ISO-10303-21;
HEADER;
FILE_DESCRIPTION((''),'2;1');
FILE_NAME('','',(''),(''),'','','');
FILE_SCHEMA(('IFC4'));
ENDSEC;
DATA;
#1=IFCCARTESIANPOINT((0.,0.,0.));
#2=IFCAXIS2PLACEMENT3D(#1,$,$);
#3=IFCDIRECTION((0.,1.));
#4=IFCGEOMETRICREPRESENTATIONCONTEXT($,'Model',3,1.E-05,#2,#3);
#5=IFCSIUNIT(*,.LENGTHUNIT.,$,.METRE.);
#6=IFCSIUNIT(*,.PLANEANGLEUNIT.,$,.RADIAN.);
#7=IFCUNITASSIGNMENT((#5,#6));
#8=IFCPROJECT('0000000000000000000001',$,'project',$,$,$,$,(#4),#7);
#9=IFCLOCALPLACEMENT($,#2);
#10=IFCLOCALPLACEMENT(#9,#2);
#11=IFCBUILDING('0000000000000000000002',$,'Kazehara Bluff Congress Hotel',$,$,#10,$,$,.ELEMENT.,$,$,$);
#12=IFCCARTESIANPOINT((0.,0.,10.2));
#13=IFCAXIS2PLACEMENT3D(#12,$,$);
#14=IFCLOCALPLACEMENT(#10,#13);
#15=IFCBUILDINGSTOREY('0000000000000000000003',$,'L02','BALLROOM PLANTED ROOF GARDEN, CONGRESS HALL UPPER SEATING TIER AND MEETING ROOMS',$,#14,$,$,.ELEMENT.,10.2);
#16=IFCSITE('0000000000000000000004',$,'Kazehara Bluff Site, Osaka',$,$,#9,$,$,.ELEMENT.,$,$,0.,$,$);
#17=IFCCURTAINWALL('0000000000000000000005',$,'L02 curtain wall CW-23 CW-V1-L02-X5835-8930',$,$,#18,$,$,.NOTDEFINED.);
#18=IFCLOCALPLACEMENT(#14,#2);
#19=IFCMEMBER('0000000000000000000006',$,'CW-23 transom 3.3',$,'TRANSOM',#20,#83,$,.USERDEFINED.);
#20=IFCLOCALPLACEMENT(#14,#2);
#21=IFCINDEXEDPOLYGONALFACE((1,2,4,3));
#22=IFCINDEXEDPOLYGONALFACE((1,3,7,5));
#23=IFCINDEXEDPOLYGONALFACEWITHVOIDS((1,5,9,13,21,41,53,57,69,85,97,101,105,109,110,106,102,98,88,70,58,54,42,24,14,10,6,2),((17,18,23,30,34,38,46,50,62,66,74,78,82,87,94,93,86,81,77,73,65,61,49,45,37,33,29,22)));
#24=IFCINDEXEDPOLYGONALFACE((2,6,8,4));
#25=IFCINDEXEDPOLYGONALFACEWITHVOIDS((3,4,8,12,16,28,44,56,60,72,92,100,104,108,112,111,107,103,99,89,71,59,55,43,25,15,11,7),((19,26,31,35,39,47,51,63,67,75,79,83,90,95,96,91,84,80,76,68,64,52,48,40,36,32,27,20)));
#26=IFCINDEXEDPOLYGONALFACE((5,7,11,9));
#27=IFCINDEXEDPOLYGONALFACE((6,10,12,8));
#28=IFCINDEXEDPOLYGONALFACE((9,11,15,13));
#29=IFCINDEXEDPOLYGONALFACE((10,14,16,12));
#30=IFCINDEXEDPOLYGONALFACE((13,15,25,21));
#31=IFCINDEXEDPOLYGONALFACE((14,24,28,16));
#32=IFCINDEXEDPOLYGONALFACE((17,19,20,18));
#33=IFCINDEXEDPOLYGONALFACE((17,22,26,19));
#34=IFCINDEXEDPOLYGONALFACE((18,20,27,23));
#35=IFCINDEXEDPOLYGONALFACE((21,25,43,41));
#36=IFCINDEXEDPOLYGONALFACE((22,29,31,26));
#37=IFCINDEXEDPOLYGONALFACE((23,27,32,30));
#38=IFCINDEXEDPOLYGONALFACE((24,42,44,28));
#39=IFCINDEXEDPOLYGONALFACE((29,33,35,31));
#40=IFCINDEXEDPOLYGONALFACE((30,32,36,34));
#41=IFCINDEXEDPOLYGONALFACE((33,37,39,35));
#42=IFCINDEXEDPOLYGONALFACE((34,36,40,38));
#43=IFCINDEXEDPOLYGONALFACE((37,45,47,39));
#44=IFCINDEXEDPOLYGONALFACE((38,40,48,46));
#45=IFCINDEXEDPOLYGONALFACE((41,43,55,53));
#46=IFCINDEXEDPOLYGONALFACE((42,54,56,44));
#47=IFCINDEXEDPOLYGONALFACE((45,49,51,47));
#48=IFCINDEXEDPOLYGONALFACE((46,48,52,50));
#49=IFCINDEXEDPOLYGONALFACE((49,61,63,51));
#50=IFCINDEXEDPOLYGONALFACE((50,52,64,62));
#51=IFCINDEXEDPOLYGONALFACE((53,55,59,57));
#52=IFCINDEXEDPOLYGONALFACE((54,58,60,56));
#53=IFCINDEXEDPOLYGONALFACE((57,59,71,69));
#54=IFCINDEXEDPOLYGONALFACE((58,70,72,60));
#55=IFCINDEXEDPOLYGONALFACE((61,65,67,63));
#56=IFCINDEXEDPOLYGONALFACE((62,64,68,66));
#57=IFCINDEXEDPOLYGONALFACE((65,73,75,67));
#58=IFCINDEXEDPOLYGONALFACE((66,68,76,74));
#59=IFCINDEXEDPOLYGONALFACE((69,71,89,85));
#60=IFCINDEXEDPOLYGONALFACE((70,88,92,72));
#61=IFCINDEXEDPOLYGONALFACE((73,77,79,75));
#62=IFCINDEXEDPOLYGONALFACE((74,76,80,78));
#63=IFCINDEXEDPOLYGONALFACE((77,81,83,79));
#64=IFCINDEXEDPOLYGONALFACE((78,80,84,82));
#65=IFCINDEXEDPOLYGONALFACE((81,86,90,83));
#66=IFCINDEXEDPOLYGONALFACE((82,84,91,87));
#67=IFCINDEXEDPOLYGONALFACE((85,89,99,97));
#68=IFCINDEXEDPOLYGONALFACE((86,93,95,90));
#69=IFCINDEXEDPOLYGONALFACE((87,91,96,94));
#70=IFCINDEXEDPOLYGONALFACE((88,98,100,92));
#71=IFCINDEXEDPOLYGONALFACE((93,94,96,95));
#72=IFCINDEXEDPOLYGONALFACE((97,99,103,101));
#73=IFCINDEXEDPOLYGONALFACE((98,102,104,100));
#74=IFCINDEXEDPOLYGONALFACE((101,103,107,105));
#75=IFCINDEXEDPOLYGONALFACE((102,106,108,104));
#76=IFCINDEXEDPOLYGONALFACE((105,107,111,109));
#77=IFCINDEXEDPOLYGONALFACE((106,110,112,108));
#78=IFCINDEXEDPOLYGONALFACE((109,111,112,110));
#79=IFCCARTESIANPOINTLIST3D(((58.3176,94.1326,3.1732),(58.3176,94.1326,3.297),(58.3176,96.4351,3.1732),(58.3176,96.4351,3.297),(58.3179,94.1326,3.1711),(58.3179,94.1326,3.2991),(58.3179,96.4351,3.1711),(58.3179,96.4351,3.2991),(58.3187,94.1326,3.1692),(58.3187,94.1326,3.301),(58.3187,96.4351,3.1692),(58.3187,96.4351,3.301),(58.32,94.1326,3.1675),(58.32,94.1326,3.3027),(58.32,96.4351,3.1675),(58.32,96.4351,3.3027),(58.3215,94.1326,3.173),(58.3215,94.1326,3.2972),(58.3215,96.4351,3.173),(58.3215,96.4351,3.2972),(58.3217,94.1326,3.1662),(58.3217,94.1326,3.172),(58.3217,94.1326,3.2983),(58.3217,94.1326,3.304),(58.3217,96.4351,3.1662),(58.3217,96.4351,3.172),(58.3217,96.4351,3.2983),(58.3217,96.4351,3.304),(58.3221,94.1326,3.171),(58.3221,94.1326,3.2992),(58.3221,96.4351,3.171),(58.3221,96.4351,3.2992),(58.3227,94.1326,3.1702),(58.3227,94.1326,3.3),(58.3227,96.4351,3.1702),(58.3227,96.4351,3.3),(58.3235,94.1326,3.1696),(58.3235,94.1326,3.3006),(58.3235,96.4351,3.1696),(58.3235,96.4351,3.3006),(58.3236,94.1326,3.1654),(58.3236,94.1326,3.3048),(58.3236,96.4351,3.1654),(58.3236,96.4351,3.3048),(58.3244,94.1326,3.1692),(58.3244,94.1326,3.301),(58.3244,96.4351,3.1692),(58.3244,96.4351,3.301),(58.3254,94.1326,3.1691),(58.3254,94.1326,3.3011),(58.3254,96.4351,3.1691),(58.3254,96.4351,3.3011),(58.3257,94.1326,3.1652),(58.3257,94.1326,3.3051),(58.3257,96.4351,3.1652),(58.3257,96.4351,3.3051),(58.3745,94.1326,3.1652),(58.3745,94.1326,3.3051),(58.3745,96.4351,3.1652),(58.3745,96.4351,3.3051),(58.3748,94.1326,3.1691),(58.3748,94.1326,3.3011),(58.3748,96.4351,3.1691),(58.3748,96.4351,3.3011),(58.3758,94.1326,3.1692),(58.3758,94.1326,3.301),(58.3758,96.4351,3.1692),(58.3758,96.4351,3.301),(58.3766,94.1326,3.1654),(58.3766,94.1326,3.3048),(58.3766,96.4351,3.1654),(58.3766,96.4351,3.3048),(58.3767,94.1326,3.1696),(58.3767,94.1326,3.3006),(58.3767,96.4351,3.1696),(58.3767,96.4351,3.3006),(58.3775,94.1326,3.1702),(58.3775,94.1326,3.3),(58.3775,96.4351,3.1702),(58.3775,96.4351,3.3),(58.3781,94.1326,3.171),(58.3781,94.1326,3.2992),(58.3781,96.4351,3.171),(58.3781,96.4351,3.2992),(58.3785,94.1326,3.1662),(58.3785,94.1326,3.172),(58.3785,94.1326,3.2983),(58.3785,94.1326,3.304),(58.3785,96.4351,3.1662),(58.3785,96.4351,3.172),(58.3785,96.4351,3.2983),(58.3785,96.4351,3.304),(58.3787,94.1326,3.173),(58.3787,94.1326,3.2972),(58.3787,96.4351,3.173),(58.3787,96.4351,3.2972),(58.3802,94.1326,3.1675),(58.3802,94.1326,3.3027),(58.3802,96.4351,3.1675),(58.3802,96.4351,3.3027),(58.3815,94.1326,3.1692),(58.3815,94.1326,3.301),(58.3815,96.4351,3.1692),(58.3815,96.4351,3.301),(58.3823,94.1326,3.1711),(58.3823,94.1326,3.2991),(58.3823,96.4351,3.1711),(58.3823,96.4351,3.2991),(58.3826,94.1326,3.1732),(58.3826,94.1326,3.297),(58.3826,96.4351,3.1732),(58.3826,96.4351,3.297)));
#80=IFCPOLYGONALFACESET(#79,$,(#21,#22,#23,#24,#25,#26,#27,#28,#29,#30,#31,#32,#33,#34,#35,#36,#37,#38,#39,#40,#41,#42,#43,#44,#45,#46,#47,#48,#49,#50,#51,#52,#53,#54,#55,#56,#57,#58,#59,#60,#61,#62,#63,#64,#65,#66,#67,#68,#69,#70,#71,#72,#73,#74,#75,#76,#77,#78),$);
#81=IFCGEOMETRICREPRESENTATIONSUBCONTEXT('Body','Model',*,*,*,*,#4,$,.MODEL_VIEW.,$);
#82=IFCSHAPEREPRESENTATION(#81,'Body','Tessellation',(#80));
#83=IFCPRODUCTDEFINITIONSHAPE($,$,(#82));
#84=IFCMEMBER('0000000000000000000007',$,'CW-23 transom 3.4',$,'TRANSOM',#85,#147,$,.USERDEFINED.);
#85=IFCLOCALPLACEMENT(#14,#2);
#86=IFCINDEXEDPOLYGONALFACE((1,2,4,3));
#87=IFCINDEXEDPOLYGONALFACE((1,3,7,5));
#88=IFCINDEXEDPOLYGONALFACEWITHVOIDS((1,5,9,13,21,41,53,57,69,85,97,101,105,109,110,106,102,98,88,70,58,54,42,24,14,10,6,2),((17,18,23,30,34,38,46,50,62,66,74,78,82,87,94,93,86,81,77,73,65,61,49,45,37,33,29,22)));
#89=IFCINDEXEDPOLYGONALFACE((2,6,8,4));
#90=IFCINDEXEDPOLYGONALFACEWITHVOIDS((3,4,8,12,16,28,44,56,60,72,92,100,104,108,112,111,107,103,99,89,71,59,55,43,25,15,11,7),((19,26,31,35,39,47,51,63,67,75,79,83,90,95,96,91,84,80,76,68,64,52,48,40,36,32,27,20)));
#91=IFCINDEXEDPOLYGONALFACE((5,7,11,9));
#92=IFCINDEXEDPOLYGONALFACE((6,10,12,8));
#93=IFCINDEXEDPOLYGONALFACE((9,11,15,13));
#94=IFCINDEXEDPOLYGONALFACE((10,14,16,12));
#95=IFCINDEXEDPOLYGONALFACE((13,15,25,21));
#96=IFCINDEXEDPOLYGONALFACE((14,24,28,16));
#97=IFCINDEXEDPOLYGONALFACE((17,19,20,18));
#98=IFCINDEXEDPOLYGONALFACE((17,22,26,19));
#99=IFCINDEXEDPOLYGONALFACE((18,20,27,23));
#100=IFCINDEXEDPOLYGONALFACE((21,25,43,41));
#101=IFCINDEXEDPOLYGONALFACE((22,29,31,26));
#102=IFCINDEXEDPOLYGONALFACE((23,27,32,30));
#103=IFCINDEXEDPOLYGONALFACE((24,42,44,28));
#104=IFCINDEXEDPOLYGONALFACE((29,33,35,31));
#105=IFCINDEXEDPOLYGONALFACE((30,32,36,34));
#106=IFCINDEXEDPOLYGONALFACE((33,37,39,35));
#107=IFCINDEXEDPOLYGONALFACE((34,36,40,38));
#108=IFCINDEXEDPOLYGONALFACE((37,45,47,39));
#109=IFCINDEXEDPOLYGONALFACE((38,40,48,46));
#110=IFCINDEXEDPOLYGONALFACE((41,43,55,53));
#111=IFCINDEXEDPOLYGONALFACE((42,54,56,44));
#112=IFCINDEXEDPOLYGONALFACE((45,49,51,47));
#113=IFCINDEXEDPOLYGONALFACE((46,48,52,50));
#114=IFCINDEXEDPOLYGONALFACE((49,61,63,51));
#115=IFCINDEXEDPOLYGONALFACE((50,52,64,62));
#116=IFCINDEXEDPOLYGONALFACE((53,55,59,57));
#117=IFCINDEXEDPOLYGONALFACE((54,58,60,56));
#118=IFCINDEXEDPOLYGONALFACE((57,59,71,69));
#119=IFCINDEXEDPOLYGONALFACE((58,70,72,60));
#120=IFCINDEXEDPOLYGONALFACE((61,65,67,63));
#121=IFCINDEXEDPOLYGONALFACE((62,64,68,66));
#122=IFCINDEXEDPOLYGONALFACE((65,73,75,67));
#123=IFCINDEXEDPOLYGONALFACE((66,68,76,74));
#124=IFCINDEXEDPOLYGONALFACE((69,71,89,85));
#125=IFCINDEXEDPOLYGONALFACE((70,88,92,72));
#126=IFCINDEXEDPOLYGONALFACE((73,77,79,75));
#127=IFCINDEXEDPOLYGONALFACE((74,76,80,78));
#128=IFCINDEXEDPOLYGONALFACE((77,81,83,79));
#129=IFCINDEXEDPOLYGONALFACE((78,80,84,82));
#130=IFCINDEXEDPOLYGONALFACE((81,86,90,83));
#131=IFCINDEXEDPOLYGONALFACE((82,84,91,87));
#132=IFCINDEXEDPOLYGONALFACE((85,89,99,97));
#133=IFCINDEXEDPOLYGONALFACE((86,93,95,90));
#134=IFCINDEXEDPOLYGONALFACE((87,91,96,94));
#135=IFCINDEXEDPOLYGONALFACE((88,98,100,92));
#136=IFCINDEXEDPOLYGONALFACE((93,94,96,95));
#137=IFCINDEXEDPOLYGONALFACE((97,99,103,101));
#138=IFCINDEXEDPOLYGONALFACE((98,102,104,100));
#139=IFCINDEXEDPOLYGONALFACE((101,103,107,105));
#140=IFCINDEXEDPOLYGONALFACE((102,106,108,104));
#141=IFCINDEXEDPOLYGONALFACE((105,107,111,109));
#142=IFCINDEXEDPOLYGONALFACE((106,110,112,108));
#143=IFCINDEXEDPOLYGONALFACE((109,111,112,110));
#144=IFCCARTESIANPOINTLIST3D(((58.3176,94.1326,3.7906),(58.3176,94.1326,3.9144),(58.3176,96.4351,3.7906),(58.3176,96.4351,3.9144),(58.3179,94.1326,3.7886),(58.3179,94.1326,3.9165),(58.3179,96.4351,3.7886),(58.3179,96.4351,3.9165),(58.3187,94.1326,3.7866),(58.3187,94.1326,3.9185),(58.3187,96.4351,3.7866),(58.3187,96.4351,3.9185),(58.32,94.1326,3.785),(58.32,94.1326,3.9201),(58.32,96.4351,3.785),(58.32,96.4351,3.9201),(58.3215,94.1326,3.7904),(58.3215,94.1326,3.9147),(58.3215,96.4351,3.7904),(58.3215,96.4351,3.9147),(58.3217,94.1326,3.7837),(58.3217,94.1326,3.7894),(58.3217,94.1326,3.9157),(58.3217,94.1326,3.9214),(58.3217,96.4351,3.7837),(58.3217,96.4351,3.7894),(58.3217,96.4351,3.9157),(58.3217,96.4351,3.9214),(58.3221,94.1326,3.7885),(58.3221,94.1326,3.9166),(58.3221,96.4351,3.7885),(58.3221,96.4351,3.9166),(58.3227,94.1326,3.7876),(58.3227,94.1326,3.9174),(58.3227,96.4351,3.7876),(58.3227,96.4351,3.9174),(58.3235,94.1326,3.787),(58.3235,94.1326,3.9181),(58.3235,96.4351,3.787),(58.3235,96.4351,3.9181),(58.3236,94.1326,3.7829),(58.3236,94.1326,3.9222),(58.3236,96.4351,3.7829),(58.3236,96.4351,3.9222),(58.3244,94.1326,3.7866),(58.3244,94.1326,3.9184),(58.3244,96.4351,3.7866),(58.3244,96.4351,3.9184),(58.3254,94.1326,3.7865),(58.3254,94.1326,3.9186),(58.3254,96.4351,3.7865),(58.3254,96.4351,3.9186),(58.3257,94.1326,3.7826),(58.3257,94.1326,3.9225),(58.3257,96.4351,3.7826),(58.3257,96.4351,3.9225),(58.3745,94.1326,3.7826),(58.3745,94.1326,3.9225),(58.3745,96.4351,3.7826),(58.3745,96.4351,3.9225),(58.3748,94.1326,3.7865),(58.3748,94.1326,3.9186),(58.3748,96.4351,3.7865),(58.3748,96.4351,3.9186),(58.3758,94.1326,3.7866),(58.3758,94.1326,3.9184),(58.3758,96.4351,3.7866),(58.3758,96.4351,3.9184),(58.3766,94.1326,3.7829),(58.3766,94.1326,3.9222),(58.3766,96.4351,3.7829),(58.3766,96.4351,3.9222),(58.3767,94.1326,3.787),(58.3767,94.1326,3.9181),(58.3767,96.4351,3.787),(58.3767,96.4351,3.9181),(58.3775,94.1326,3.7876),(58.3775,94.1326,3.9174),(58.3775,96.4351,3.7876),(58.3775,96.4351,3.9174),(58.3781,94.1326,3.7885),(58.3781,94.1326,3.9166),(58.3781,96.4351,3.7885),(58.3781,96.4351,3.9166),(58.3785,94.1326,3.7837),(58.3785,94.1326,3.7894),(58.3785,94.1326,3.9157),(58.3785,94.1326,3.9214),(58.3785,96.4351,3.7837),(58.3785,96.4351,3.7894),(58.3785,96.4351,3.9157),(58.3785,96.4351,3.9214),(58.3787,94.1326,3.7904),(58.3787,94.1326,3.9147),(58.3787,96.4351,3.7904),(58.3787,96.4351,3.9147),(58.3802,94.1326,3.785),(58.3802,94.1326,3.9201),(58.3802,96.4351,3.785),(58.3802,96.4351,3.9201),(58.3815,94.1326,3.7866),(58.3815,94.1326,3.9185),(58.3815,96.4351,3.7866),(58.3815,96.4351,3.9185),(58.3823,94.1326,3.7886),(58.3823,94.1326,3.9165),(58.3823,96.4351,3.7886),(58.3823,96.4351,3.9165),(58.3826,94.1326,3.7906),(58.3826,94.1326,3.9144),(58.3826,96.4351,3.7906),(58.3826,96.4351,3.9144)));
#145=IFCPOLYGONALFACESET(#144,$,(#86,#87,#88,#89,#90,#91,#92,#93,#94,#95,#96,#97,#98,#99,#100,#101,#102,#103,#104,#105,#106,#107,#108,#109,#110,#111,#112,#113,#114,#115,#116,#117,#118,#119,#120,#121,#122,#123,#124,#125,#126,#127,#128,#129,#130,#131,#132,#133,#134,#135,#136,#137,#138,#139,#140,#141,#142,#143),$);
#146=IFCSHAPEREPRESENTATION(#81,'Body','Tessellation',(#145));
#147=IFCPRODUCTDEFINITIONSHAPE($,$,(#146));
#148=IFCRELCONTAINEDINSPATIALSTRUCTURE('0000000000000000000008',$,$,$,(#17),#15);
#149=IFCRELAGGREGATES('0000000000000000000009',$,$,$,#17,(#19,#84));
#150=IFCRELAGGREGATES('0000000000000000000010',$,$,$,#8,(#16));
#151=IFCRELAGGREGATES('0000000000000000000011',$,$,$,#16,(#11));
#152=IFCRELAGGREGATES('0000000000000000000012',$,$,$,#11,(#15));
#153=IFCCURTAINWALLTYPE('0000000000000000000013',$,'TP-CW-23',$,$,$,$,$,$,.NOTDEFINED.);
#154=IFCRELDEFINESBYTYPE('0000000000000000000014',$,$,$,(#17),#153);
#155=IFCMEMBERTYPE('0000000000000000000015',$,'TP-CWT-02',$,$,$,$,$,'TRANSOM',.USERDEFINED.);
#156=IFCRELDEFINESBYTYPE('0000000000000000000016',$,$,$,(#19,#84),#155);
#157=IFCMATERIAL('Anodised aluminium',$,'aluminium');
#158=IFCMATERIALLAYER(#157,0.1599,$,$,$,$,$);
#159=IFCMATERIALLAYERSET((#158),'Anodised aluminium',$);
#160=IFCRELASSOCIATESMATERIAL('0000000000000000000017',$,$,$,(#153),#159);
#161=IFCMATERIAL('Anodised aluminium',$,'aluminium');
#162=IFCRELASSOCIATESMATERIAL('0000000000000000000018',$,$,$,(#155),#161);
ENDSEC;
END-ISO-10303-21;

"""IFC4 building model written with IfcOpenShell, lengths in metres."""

from ifc_helpers import new_model, si_unit, direction, frame, origin, origin_2d, place, context, subcontext, project, spatial, hollow_rectangle, extrude, material, layer, layer_set, material_profile, profile_set, type_object, element, aggregate, save


model = new_model("IFC4")

# Units and contexts
model_context = context("Model", 3, precision=1e-05, world=origin(), true_north=direction((0.0, 1.0)))
body_context = subcontext(model_context, "Body", "Model", "MODEL_VIEW")
ifc_project = project(units=[si_unit("LENGTHUNIT", "METRE"), si_unit("PLANEANGLEUNIT", "RADIAN")], contexts=[model_context])

# Site, building, storey
site_placement = place(None, origin())
site = spatial("IfcSite", under=ifc_project, at=site_placement, Name="Kazehara Bluff Site, Osaka", CompositionType="ELEMENT", RefElevation=0.0)
building_placement = place(site_placement, origin())
building = spatial("IfcBuilding", under=site, at=building_placement, Name="Kazehara Bluff Congress Hotel", CompositionType="ELEMENT")
storey_placement = place(building_placement, frame((0.0, 0.0, 10.2)))
storey = spatial("IfcBuildingStorey", under=building, at=storey_placement, Name="L02", Description="BALLROOM PLANTED ROOF GARDEN, CONGRESS HALL UPPER SEATING TIER AND MEETING ROOMS", CompositionType="ELEMENT", Elevation=10.2)

# Curtain wall
ifc_material_1 = material(Name="Anodised aluminium", Category="aluminium")
ifc_layer_1 = layer(ifc_material_1, 0.1599)
ifc_layer_set_1 = layer_set([ifc_layer_1], Name="Anodised aluminium")
curtain_wall_type_1 = type_object("IfcCurtainWallType", Name="TP-CW-23", PredefinedType="NOTDEFINED", material=ifc_layer_set_1)
curtain_wall_1_placement = place(storey_placement, origin())
curtain_wall_1 = element("IfcCurtainWall", 1, at=curtain_wall_1_placement, inside=storey, type_object=curtain_wall_type_1, Name="L02 curtain wall CW-23 CW-V1-L02-X5835-8930", PredefinedType="NOTDEFINED")

# Members
ifc_material_2 = material(Name="Anodised aluminium", Category="aluminium")
ifc_material_profile_1 = material_profile(ifc_material_2, hollow_rectangle(XDim=0.0649, YDim=0.1399, WallThickness=0.0039, InnerFilletRadius=0.0039, OuterFilletRadius=0.0081, at=origin_2d()))
ifc_profile_set_1 = profile_set([ifc_material_profile_1], Name="Anodised aluminium")
member_type_1 = type_object("IfcMemberType", Name="TP-CWT-02", ElementType="TRANSOM", PredefinedType="USERDEFINED", material=ifc_profile_set_1)
member_1_placement = place(storey_placement, frame((58.3501, 94.1326, 3.2351), z_axis=(0.0, 1.0, 0.0), x_axis=(-1.0, 0.0, 0.0)))
member_1 = element("IfcMember", 2, at=member_1_placement, type_object=member_type_1, Name="CW-23 transom 3.3", ObjectType="TRANSOM", PredefinedType="USERDEFINED", context=body_context, shape_type="SweptSolid", body=[
    extrude(hollow_rectangle(XDim=0.0649, YDim=0.1399, WallThickness=0.0039, InnerFilletRadius=0.0039, OuterFilletRadius=0.0081, at=origin_2d()), origin(), (0.0, 0.0, 1.0), 2.3025),
])
member_2_placement = place(storey_placement, frame((58.3501, 94.1326, 3.8525), z_axis=(0.0, 1.0, 0.0), x_axis=(-1.0, 0.0, 0.0)))
member_2 = element("IfcMember", 3, at=member_2_placement, type_object=member_type_1, Name="CW-23 transom 3.4", ObjectType="TRANSOM", PredefinedType="USERDEFINED", context=body_context, shape_type="SweptSolid", body=[
    extrude(hollow_rectangle(XDim=0.0649, YDim=0.1399, WallThickness=0.0039, InnerFilletRadius=0.0039, OuterFilletRadius=0.0081, at=origin_2d()), origin(), (0.0, 0.0, 1.0), 2.3025),
])

aggregate(curtain_wall_1, [member_1, member_2])

save(model, "model.ifc")
